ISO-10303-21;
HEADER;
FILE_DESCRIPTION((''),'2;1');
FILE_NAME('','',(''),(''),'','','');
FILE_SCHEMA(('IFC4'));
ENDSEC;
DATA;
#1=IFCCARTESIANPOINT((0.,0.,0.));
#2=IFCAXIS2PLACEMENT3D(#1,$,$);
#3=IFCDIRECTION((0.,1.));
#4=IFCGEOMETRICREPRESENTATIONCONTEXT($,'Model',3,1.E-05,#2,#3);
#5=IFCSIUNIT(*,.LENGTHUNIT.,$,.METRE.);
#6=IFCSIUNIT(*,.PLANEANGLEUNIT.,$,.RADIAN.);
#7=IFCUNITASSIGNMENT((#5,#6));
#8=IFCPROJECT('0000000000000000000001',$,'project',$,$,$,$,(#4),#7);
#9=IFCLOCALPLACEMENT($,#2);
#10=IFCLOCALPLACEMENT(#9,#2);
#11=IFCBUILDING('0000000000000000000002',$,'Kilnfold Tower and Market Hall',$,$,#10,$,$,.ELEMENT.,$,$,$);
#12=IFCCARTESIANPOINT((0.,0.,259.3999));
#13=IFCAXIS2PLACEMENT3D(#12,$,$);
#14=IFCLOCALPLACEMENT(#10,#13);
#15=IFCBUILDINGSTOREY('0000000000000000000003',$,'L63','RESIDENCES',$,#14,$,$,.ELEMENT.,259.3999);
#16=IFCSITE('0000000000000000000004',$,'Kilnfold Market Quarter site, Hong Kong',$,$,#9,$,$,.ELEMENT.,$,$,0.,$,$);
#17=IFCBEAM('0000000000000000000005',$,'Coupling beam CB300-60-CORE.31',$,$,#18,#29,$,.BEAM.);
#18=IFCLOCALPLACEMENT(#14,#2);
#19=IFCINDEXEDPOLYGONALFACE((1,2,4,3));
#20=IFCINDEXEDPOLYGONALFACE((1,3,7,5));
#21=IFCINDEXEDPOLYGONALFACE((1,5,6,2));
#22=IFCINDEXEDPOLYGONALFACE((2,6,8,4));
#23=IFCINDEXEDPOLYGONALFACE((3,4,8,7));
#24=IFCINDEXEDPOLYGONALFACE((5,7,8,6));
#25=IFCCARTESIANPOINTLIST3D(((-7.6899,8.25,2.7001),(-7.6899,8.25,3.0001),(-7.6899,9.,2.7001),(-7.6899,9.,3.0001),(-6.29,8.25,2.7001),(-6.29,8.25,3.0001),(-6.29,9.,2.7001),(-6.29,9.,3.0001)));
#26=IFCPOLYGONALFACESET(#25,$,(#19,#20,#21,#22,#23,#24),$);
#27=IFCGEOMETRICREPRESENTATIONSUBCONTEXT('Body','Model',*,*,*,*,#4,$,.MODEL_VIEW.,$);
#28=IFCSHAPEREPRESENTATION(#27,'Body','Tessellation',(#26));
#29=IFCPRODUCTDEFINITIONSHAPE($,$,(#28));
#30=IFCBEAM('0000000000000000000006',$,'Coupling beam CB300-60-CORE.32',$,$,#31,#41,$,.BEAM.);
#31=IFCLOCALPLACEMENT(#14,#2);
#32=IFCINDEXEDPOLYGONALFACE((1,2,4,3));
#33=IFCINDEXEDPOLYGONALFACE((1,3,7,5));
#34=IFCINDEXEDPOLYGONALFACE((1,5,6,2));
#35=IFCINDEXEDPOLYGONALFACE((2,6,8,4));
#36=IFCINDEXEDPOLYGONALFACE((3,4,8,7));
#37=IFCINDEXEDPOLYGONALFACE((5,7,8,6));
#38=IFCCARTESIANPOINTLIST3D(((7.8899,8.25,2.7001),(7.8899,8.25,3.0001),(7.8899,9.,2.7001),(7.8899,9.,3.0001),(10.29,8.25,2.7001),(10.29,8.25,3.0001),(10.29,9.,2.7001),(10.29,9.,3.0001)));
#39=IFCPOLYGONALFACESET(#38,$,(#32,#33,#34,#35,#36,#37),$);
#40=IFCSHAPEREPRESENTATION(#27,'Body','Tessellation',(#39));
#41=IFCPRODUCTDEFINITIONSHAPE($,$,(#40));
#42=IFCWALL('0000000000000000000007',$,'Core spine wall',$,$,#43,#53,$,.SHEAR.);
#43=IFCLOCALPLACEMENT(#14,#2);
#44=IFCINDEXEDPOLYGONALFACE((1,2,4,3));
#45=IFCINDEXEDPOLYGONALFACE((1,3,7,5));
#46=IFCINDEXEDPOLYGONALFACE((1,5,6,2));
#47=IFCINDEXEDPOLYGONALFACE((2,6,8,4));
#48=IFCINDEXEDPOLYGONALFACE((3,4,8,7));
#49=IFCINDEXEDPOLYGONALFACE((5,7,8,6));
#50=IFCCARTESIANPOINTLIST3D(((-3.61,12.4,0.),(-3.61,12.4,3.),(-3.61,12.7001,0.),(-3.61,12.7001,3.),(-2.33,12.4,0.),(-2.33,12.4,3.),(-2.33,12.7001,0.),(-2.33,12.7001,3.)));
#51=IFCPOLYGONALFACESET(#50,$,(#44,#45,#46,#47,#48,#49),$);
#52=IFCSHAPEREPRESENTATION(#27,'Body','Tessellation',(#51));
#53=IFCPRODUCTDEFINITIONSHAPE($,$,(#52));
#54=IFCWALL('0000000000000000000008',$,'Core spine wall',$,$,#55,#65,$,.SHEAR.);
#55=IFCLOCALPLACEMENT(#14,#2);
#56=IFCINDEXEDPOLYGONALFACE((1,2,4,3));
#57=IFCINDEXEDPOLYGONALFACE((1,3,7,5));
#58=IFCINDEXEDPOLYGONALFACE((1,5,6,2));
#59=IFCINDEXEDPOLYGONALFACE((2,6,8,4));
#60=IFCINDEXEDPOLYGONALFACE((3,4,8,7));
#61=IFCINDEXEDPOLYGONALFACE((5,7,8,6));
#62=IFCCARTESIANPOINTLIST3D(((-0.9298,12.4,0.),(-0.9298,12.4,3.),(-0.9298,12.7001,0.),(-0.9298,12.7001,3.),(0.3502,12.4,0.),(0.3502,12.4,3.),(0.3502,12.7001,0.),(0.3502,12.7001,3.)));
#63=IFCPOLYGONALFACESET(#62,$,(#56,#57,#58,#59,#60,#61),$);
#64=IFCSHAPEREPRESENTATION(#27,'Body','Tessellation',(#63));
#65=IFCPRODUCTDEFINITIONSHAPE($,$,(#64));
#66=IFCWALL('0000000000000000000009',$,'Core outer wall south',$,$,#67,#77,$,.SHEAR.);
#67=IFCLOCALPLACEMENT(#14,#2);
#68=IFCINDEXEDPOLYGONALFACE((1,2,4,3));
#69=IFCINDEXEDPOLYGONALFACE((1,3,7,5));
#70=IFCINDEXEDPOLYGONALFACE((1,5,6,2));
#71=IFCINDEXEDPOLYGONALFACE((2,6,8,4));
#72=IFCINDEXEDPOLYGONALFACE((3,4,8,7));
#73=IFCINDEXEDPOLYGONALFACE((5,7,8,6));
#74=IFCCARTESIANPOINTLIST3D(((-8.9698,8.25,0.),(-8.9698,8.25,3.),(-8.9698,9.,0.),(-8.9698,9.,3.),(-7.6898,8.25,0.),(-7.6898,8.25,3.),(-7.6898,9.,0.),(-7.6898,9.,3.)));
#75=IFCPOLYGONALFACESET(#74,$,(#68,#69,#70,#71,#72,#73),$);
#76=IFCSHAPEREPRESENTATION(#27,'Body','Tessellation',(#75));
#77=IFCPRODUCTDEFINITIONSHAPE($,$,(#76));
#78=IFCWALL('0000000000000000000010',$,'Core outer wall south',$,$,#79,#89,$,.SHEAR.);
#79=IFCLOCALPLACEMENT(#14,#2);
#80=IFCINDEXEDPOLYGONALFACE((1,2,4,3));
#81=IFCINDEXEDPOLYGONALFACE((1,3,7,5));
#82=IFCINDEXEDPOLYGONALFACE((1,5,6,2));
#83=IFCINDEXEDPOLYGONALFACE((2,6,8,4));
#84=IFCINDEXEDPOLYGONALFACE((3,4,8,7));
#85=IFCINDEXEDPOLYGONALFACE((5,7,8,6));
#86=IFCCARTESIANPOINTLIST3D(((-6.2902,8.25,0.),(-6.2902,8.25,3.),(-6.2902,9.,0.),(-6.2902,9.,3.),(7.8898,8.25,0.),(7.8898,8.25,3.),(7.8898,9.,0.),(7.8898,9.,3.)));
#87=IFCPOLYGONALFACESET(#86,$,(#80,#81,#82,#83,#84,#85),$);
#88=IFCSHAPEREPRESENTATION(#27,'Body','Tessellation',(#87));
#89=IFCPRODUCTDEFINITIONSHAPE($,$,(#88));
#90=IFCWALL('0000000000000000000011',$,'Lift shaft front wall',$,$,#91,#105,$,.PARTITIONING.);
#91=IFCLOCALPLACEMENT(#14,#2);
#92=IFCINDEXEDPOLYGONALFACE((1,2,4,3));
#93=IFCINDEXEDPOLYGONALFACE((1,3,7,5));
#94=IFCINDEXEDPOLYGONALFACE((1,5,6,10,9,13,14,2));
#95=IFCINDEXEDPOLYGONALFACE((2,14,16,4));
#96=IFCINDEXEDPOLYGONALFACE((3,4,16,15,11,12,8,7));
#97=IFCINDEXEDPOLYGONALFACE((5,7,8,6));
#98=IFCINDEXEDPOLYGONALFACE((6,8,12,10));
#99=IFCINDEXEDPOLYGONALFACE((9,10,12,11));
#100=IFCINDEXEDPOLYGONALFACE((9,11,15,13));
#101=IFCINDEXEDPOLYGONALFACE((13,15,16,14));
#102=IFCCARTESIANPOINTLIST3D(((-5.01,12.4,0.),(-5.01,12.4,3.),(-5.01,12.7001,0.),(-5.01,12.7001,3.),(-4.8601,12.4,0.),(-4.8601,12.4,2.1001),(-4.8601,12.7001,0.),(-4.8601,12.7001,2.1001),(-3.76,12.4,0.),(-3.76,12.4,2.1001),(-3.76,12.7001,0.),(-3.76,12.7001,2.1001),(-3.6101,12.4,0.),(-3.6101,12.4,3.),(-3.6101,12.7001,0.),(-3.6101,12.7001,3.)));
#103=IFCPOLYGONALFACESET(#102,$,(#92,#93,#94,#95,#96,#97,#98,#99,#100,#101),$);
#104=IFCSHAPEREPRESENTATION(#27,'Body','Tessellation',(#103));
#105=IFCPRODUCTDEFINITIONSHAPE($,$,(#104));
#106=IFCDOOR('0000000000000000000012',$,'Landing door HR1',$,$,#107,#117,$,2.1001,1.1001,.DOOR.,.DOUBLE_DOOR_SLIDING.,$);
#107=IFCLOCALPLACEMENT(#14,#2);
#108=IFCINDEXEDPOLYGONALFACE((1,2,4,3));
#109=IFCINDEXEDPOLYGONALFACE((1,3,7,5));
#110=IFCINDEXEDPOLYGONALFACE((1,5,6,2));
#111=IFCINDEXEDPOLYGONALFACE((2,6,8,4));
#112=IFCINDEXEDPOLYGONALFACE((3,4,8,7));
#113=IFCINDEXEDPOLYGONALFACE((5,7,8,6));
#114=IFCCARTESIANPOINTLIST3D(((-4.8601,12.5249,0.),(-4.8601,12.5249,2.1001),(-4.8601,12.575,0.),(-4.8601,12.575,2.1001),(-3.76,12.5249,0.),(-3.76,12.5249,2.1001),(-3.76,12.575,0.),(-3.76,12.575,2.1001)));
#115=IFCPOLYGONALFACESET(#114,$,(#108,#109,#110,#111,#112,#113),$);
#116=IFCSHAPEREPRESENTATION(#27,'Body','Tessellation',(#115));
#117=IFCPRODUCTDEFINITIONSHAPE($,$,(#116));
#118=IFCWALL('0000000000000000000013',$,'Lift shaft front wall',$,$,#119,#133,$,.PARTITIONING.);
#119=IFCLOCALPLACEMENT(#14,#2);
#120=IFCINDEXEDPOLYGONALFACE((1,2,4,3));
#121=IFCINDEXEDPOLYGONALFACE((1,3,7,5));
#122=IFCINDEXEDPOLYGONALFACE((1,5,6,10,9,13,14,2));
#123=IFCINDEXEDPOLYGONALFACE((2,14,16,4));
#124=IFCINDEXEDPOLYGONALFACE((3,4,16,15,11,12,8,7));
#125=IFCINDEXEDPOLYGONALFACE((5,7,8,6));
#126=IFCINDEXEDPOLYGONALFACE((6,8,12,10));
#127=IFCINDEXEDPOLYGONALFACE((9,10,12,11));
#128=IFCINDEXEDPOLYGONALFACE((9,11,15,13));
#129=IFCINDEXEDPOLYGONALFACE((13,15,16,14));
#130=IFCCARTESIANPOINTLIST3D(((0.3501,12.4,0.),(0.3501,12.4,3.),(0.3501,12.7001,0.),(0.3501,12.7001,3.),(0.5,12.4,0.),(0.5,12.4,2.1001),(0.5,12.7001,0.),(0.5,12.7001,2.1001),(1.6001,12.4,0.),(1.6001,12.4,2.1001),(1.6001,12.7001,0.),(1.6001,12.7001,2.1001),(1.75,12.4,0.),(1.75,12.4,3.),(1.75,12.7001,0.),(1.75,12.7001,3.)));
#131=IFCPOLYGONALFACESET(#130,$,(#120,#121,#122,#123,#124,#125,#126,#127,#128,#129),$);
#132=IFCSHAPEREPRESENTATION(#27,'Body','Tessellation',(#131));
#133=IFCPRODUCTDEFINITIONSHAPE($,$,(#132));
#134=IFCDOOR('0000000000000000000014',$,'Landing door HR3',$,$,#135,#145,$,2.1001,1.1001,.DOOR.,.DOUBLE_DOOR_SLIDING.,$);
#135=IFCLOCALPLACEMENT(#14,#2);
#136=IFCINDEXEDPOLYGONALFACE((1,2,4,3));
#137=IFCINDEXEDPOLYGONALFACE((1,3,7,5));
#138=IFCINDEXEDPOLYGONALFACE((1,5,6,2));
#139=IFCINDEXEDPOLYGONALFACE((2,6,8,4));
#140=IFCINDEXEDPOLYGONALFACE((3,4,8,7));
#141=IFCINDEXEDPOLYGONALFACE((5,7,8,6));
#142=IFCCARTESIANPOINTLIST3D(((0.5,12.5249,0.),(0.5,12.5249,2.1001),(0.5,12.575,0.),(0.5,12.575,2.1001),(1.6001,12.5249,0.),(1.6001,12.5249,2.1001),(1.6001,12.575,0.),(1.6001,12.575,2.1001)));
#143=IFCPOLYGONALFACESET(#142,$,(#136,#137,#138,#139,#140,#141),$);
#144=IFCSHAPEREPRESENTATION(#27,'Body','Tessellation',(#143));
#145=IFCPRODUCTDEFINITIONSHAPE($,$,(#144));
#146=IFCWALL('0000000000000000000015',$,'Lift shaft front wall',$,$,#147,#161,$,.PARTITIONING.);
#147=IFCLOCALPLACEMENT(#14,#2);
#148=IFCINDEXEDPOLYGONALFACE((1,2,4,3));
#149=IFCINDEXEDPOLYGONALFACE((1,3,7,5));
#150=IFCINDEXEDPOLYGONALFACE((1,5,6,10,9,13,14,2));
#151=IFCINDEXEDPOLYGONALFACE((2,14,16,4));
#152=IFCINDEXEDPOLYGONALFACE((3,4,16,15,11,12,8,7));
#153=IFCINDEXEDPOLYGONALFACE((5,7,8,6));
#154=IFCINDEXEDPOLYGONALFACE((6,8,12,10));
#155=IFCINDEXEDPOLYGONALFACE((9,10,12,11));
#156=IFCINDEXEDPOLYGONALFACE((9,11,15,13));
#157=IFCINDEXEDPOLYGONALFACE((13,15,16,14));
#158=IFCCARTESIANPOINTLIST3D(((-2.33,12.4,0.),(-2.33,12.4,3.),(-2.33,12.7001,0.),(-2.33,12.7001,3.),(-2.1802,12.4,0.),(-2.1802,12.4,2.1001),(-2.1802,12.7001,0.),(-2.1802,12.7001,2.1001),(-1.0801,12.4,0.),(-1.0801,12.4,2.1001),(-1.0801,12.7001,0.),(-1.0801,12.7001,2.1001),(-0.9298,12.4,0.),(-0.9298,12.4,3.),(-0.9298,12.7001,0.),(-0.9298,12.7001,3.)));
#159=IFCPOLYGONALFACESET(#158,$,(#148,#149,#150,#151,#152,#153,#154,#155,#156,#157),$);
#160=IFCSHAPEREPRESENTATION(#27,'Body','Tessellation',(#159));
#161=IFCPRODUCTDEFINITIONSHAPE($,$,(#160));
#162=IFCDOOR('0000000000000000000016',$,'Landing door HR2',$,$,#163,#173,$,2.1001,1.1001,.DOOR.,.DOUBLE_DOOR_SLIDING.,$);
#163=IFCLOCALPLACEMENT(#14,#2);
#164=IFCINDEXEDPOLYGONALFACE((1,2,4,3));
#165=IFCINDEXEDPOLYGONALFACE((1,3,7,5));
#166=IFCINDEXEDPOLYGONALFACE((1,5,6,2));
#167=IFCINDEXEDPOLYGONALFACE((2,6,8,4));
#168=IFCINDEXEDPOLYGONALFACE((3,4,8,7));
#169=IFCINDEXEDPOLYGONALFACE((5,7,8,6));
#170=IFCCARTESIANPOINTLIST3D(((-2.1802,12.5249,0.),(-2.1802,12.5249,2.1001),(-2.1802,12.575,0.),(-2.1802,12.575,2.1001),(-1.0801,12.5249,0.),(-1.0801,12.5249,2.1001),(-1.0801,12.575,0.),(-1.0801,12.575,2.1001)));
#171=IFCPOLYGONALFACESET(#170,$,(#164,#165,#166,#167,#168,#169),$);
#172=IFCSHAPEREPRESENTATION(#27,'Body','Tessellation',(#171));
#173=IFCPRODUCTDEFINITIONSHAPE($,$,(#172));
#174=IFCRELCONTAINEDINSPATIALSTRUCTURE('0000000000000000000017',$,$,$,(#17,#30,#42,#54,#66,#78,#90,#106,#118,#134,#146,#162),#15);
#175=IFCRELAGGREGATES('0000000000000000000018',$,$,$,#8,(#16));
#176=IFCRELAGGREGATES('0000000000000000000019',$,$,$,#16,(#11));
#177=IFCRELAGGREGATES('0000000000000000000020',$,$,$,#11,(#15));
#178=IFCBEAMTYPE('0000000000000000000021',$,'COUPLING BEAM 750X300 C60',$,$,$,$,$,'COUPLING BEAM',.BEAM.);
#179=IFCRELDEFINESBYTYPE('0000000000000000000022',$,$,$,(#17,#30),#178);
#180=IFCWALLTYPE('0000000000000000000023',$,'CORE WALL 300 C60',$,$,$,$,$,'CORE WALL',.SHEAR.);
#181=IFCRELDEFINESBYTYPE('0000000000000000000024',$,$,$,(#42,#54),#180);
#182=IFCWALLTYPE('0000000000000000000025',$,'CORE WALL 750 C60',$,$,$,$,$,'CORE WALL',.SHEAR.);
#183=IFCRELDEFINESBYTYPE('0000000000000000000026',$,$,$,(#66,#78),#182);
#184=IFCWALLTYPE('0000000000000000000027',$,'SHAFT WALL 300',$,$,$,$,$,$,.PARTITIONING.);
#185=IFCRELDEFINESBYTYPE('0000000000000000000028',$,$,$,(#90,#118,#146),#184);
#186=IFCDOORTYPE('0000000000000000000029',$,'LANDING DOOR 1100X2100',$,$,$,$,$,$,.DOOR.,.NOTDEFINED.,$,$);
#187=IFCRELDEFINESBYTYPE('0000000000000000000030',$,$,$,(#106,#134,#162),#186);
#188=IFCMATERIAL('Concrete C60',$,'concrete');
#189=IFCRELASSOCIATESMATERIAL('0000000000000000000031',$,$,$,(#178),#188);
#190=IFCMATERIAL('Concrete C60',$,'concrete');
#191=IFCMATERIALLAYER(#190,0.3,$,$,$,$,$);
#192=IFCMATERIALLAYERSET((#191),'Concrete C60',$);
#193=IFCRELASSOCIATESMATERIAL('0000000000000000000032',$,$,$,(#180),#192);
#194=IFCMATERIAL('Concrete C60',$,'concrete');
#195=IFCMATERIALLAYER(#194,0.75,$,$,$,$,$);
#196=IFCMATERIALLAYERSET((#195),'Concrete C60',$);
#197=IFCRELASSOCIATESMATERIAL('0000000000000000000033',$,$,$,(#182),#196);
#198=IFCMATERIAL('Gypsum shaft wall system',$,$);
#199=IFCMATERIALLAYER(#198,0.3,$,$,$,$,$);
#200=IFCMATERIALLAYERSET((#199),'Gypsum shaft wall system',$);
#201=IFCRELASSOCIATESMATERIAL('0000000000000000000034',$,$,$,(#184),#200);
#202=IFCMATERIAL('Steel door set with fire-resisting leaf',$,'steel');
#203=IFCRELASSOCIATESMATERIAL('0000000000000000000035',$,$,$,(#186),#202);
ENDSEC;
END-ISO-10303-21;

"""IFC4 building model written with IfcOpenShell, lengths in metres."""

from ifc_helpers import new_model, si_unit, direction, frame, frame_2d, origin, origin_2d, place, context, subcontext, project, spatial, rectangle, extrude, source, transform, mapped, material, layer, layer_set, material_profile, profile_set, type_object, element, fill, save


model = new_model("IFC4")

# Units and contexts
model_context = context("Model", 3, precision=1e-05, world=origin(), true_north=direction((0.0, 1.0)))
body_context = subcontext(model_context, "Body", "Model", "MODEL_VIEW")
ifc_project = project(units=[si_unit("LENGTHUNIT", "METRE"), si_unit("PLANEANGLEUNIT", "RADIAN")], contexts=[model_context])

# Site, building, storey
site_placement = place(None, origin())
site = spatial("IfcSite", under=ifc_project, at=site_placement, Name="Kilnfold Market Quarter site, Hong Kong", CompositionType="ELEMENT", RefElevation=0.0)
building_placement = place(site_placement, origin())
building = spatial("IfcBuilding", under=site, at=building_placement, Name="Kilnfold Tower and Market Hall", CompositionType="ELEMENT")
storey_placement = place(building_placement, frame((0.0, 0.0, 259.3999)))
storey = spatial("IfcBuildingStorey", under=building, at=storey_placement, Name="L63", Description="RESIDENCES", CompositionType="ELEMENT", Elevation=259.3999)

# Beams
ifc_material_1 = material(Name="Concrete C60", Category="concrete")
ifc_material_profile = material_profile(ifc_material_1, rectangle(XDim=0.75, YDim=0.3, at=origin_2d()), Name="RC 750x300")
ifc_profile_set = profile_set([ifc_material_profile], Name="Concrete C60")
beam_type = type_object("IfcBeamType", Name="COUPLING BEAM 750X300 C60", ElementType="COUPLING BEAM", PredefinedType="BEAM", material=ifc_profile_set)
shared_shape_1 = source(origin(), body_context, "Body", "SweptSolid", [
    extrude(rectangle(XDim=0.75, YDim=0.3, at=origin_2d()), origin(), (0.0, 0.0, 1.0), 1.3999),
])
beam_1_placement = place(storey_placement, frame((-7.6899, 8.625, 2.8501), z_axis=(1.0, 0.0, 0.0), x_axis=(0.0, 1.0, 0.0)))
element("IfcBeam", 1, at=beam_1_placement, inside=storey, type_object=beam_type, Name="Coupling beam CB300-60-CORE.31", PredefinedType="BEAM", context=body_context, shape_type="MappedRepresentation", body=[
    mapped(shared_shape_1, transform((0.0, 0.0, 0.0))),
])
shared_shape_2 = source(origin(), body_context, "Body", "SweptSolid", [
    extrude(rectangle(XDim=0.75, YDim=0.3, at=origin_2d()), origin(), (0.0, 0.0, 1.0), 2.4001),
])
beam_2_placement = place(storey_placement, frame((7.8899, 8.625, 2.8501), z_axis=(1.0, 0.0, 0.0), x_axis=(0.0, 1.0, 0.0)))
element("IfcBeam", 2, at=beam_2_placement, inside=storey, type_object=beam_type, Name="Coupling beam CB300-60-CORE.32", PredefinedType="BEAM", context=body_context, shape_type="MappedRepresentation", body=[
    mapped(shared_shape_2, transform((0.0, 0.0, 0.0))),
])

# Walls
ifc_material_2 = material(Name="Concrete C60", Category="concrete")
ifc_layer_1 = layer(ifc_material_2, 0.3)
ifc_layer_set_1 = layer_set([ifc_layer_1], Name="Concrete C60")
wall_type_1 = type_object("IfcWallType", Name="CORE WALL 300 C60", ElementType="CORE WALL", PredefinedType="SHEAR", material=ifc_layer_set_1)
shared_shape_3 = source(origin(), body_context, "Body", "SweptSolid", [
    extrude(rectangle(XDim=1.28, YDim=0.3, at=frame_2d((0.6401, 0.0))), origin(), (0.0, 0.0, 1.0), 3.0),
])
for number, where, z_axis, x_axis, name in (
    (3, (-3.6101, 12.55, 0.0), (0.0, 0.0, 1.0), (1.0, 0.0, 0.0), "Core spine wall"),
    (4, (-0.9299, 12.55, 0.0), (0.0, 0.0, 1.0), (1.0, 0.0, 0.0), "Core spine wall"),
):
    element("IfcWall", number, at=place(storey_placement, frame(where, z_axis=z_axis, x_axis=x_axis)), inside=storey, type_object=wall_type_1, Name=name, PredefinedType="SHEAR", context=body_context, shape_type="MappedRepresentation", body=[
        mapped(shared_shape_3, transform((0.0, 0.0, 0.0))),
    ])
ifc_material_3 = material(Name="Concrete C60", Category="concrete")
ifc_layer_2 = layer(ifc_material_3, 0.75)
ifc_layer_set_2 = layer_set([ifc_layer_2], Name="Concrete C60")
wall_type_2 = type_object("IfcWallType", Name="CORE WALL 750 C60", ElementType="CORE WALL", PredefinedType="SHEAR", material=ifc_layer_set_2)
shared_shape_4 = source(origin(), body_context, "Body", "SweptSolid", [
    extrude(rectangle(XDim=1.28, YDim=0.75, at=frame_2d((0.6401, 0.0))), origin(), (0.0, 0.0, 1.0), 3.0),
])
wall_1_placement = place(storey_placement, frame((-8.97, 8.625, 0.0), z_axis=(0.0, 0.0, 1.0), x_axis=(1.0, 0.0, 0.0)))
element("IfcWall", 5, at=wall_1_placement, inside=storey, type_object=wall_type_2, Name="Core outer wall south", PredefinedType="SHEAR", context=body_context, shape_type="MappedRepresentation", body=[
    mapped(shared_shape_4, transform((0.0, 0.0, 0.0))),
])
shared_shape_5 = source(origin(), body_context, "Body", "SweptSolid", [
    extrude(rectangle(XDim=14.1799, YDim=0.75, at=frame_2d((7.0898, 0.0))), origin(), (0.0, 0.0, 1.0), 3.0),
])
wall_2_placement = place(storey_placement, frame((-6.29, 8.625, 0.0), z_axis=(0.0, 0.0, 1.0), x_axis=(1.0, 0.0, 0.0)))
element("IfcWall", 6, at=wall_2_placement, inside=storey, type_object=wall_type_2, Name="Core outer wall south", PredefinedType="SHEAR", context=body_context, shape_type="MappedRepresentation", body=[
    mapped(shared_shape_5, transform((0.0, 0.0, 0.0))),
])

# Walls, openings, doors
ifc_material_4 = material(Name="Gypsum shaft wall system")
ifc_layer_3 = layer(ifc_material_4, 0.3)
ifc_layer_set_3 = layer_set([ifc_layer_3], Name="Gypsum shaft wall system")
wall_type_3 = type_object("IfcWallType", Name="SHAFT WALL 300", PredefinedType="PARTITIONING", material=ifc_layer_set_3)
shared_shape_6 = source(origin(), body_context, "Body", "SweptSolid", [
    extrude(rectangle(XDim=1.3999, YDim=0.3, at=frame_2d((0.7, 0.0))), origin(), (0.0, 0.0, 1.0), 3.0),
])
wall_3_placement = place(storey_placement, frame((-5.01, 12.55, 0.0), z_axis=(0.0, 0.0, 1.0), x_axis=(1.0, 0.0, 0.0)))
wall_3 = element("IfcWall", 7, at=wall_3_placement, inside=storey, type_object=wall_type_3, Name="Lift shaft front wall", PredefinedType="PARTITIONING", context=body_context, shape_type="MappedRepresentation", body=[
    mapped(shared_shape_6, transform((0.0, 0.0, 0.0))),
])
opening_1_placement = place(wall_3_placement, frame((0.1499, 0.0, 0.0)))
opening_1 = element("IfcOpeningElement", 8, at=opening_1_placement, cuts=wall_3, PredefinedType="OPENING", context=body_context, shape_type="SweptSolid", body=[
    extrude(rectangle(XDim=1.1001, YDim=2.1001, at=frame_2d((0.55, 1.05))), frame((0.0, 0.1602, 0.0), z_axis=(0.0, -1.0, 0.0), x_axis=(1.0, 0.0, 0.0)), (0.0, 0.0, 1.0), 0.3201),
])
ifc_material_5 = material(Name="Steel door set with fire-resisting leaf", Category="steel")
door_type_1 = type_object("IfcDoorType", Name="LANDING DOOR 1100X2100", OperationType="NOTDEFINED", PredefinedType="DOOR", material=ifc_material_5)
door_1_placement = place(opening_1_placement, origin())
door_1 = element("IfcDoor", 9, at=door_1_placement, inside=storey, type_object=door_type_1, Name="Landing door HR1", OperationType="DOUBLE_DOOR_SLIDING", OverallHeight=2.1001, OverallWidth=1.1001, PredefinedType="DOOR", context=body_context, shape_type="SweptSolid", body=[
    extrude(rectangle(XDim=1.1001, YDim=2.1001, at=frame_2d((0.55, 1.05))), frame((0.0, 0.0249, 0.0), z_axis=(0.0, -1.0, 0.0), x_axis=(1.0, 0.0, 0.0)), (0.0, 0.0, 1.0), 0.05),
])
fill(opening_1, door_1)
wall_4_placement = place(storey_placement, frame((0.3501, 12.55, 0.0), z_axis=(0.0, 0.0, 1.0), x_axis=(1.0, 0.0, 0.0)))
wall_4 = element("IfcWall", 10, at=wall_4_placement, inside=storey, type_object=wall_type_3, Name="Lift shaft front wall", PredefinedType="PARTITIONING", context=body_context, shape_type="MappedRepresentation", body=[
    mapped(shared_shape_6, transform((0.0, 0.0, 0.0))),
])
opening_2_placement = place(wall_4_placement, frame((0.1499, 0.0, 0.0)))
opening_2 = element("IfcOpeningElement", 11, at=opening_2_placement, cuts=wall_4, PredefinedType="OPENING", context=body_context, shape_type="SweptSolid", body=[
    extrude(rectangle(XDim=1.1001, YDim=2.1001, at=frame_2d((0.55, 1.05))), frame((0.0, 0.1602, 0.0), z_axis=(0.0, -1.0, 0.0), x_axis=(1.0, 0.0, 0.0)), (0.0, 0.0, 1.0), 0.3201),
])
door_2_placement = place(opening_2_placement, origin())
door_2 = element("IfcDoor", 12, at=door_2_placement, inside=storey, type_object=door_type_1, Name="Landing door HR3", OperationType="DOUBLE_DOOR_SLIDING", OverallHeight=2.1001, OverallWidth=1.1001, PredefinedType="DOOR", context=body_context, shape_type="SweptSolid", body=[
    extrude(rectangle(XDim=1.1001, YDim=2.1001, at=frame_2d((0.55, 1.05))), frame((0.0, 0.0249, 0.0), z_axis=(0.0, -1.0, 0.0), x_axis=(1.0, 0.0, 0.0)), (0.0, 0.0, 1.0), 0.05),
])
fill(opening_2, door_2)
shared_shape_7 = source(origin(), body_context, "Body", "SweptSolid", [
    extrude(rectangle(XDim=1.4001, YDim=0.3, at=frame_2d((0.7002, 0.0))), origin(), (0.0, 0.0, 1.0), 3.0),
])
wall_5_placement = place(storey_placement, frame((-2.3301, 12.55, 0.0), z_axis=(0.0, 0.0, 1.0), x_axis=(1.0, 0.0, 0.0)))
wall_5 = element("IfcWall", 13, at=wall_5_placement, inside=storey, type_object=wall_type_3, Name="Lift shaft front wall", PredefinedType="PARTITIONING", context=body_context, shape_type="MappedRepresentation", body=[
    mapped(shared_shape_7, transform((0.0, 0.0, 0.0))),
])
opening_3_placement = place(wall_5_placement, frame((0.1499, 0.0, 0.0)))
opening_3 = element("IfcOpeningElement", 14, at=opening_3_placement, cuts=wall_5, PredefinedType="OPENING", context=body_context, shape_type="SweptSolid", body=[
    extrude(rectangle(XDim=1.1001, YDim=2.1001, at=frame_2d((0.55, 1.05))), frame((0.0, 0.1602, 0.0), z_axis=(0.0, -1.0, 0.0), x_axis=(1.0, 0.0, 0.0)), (0.0, 0.0, 1.0), 0.3201),
])
door_3_placement = place(opening_3_placement, origin())
door_3 = element("IfcDoor", 15, at=door_3_placement, inside=storey, type_object=door_type_1, Name="Landing door HR2", OperationType="DOUBLE_DOOR_SLIDING", OverallHeight=2.1001, OverallWidth=1.1001, PredefinedType="DOOR", context=body_context, shape_type="SweptSolid", body=[
    extrude(rectangle(XDim=1.1001, YDim=2.1001, at=frame_2d((0.55, 1.05))), frame((0.0, 0.0249, 0.0), z_axis=(0.0, -1.0, 0.0), x_axis=(1.0, 0.0, 0.0)), (0.0, 0.0, 1.0), 0.05),
])
fill(opening_3, door_3)

save(model, "model.ifc")
